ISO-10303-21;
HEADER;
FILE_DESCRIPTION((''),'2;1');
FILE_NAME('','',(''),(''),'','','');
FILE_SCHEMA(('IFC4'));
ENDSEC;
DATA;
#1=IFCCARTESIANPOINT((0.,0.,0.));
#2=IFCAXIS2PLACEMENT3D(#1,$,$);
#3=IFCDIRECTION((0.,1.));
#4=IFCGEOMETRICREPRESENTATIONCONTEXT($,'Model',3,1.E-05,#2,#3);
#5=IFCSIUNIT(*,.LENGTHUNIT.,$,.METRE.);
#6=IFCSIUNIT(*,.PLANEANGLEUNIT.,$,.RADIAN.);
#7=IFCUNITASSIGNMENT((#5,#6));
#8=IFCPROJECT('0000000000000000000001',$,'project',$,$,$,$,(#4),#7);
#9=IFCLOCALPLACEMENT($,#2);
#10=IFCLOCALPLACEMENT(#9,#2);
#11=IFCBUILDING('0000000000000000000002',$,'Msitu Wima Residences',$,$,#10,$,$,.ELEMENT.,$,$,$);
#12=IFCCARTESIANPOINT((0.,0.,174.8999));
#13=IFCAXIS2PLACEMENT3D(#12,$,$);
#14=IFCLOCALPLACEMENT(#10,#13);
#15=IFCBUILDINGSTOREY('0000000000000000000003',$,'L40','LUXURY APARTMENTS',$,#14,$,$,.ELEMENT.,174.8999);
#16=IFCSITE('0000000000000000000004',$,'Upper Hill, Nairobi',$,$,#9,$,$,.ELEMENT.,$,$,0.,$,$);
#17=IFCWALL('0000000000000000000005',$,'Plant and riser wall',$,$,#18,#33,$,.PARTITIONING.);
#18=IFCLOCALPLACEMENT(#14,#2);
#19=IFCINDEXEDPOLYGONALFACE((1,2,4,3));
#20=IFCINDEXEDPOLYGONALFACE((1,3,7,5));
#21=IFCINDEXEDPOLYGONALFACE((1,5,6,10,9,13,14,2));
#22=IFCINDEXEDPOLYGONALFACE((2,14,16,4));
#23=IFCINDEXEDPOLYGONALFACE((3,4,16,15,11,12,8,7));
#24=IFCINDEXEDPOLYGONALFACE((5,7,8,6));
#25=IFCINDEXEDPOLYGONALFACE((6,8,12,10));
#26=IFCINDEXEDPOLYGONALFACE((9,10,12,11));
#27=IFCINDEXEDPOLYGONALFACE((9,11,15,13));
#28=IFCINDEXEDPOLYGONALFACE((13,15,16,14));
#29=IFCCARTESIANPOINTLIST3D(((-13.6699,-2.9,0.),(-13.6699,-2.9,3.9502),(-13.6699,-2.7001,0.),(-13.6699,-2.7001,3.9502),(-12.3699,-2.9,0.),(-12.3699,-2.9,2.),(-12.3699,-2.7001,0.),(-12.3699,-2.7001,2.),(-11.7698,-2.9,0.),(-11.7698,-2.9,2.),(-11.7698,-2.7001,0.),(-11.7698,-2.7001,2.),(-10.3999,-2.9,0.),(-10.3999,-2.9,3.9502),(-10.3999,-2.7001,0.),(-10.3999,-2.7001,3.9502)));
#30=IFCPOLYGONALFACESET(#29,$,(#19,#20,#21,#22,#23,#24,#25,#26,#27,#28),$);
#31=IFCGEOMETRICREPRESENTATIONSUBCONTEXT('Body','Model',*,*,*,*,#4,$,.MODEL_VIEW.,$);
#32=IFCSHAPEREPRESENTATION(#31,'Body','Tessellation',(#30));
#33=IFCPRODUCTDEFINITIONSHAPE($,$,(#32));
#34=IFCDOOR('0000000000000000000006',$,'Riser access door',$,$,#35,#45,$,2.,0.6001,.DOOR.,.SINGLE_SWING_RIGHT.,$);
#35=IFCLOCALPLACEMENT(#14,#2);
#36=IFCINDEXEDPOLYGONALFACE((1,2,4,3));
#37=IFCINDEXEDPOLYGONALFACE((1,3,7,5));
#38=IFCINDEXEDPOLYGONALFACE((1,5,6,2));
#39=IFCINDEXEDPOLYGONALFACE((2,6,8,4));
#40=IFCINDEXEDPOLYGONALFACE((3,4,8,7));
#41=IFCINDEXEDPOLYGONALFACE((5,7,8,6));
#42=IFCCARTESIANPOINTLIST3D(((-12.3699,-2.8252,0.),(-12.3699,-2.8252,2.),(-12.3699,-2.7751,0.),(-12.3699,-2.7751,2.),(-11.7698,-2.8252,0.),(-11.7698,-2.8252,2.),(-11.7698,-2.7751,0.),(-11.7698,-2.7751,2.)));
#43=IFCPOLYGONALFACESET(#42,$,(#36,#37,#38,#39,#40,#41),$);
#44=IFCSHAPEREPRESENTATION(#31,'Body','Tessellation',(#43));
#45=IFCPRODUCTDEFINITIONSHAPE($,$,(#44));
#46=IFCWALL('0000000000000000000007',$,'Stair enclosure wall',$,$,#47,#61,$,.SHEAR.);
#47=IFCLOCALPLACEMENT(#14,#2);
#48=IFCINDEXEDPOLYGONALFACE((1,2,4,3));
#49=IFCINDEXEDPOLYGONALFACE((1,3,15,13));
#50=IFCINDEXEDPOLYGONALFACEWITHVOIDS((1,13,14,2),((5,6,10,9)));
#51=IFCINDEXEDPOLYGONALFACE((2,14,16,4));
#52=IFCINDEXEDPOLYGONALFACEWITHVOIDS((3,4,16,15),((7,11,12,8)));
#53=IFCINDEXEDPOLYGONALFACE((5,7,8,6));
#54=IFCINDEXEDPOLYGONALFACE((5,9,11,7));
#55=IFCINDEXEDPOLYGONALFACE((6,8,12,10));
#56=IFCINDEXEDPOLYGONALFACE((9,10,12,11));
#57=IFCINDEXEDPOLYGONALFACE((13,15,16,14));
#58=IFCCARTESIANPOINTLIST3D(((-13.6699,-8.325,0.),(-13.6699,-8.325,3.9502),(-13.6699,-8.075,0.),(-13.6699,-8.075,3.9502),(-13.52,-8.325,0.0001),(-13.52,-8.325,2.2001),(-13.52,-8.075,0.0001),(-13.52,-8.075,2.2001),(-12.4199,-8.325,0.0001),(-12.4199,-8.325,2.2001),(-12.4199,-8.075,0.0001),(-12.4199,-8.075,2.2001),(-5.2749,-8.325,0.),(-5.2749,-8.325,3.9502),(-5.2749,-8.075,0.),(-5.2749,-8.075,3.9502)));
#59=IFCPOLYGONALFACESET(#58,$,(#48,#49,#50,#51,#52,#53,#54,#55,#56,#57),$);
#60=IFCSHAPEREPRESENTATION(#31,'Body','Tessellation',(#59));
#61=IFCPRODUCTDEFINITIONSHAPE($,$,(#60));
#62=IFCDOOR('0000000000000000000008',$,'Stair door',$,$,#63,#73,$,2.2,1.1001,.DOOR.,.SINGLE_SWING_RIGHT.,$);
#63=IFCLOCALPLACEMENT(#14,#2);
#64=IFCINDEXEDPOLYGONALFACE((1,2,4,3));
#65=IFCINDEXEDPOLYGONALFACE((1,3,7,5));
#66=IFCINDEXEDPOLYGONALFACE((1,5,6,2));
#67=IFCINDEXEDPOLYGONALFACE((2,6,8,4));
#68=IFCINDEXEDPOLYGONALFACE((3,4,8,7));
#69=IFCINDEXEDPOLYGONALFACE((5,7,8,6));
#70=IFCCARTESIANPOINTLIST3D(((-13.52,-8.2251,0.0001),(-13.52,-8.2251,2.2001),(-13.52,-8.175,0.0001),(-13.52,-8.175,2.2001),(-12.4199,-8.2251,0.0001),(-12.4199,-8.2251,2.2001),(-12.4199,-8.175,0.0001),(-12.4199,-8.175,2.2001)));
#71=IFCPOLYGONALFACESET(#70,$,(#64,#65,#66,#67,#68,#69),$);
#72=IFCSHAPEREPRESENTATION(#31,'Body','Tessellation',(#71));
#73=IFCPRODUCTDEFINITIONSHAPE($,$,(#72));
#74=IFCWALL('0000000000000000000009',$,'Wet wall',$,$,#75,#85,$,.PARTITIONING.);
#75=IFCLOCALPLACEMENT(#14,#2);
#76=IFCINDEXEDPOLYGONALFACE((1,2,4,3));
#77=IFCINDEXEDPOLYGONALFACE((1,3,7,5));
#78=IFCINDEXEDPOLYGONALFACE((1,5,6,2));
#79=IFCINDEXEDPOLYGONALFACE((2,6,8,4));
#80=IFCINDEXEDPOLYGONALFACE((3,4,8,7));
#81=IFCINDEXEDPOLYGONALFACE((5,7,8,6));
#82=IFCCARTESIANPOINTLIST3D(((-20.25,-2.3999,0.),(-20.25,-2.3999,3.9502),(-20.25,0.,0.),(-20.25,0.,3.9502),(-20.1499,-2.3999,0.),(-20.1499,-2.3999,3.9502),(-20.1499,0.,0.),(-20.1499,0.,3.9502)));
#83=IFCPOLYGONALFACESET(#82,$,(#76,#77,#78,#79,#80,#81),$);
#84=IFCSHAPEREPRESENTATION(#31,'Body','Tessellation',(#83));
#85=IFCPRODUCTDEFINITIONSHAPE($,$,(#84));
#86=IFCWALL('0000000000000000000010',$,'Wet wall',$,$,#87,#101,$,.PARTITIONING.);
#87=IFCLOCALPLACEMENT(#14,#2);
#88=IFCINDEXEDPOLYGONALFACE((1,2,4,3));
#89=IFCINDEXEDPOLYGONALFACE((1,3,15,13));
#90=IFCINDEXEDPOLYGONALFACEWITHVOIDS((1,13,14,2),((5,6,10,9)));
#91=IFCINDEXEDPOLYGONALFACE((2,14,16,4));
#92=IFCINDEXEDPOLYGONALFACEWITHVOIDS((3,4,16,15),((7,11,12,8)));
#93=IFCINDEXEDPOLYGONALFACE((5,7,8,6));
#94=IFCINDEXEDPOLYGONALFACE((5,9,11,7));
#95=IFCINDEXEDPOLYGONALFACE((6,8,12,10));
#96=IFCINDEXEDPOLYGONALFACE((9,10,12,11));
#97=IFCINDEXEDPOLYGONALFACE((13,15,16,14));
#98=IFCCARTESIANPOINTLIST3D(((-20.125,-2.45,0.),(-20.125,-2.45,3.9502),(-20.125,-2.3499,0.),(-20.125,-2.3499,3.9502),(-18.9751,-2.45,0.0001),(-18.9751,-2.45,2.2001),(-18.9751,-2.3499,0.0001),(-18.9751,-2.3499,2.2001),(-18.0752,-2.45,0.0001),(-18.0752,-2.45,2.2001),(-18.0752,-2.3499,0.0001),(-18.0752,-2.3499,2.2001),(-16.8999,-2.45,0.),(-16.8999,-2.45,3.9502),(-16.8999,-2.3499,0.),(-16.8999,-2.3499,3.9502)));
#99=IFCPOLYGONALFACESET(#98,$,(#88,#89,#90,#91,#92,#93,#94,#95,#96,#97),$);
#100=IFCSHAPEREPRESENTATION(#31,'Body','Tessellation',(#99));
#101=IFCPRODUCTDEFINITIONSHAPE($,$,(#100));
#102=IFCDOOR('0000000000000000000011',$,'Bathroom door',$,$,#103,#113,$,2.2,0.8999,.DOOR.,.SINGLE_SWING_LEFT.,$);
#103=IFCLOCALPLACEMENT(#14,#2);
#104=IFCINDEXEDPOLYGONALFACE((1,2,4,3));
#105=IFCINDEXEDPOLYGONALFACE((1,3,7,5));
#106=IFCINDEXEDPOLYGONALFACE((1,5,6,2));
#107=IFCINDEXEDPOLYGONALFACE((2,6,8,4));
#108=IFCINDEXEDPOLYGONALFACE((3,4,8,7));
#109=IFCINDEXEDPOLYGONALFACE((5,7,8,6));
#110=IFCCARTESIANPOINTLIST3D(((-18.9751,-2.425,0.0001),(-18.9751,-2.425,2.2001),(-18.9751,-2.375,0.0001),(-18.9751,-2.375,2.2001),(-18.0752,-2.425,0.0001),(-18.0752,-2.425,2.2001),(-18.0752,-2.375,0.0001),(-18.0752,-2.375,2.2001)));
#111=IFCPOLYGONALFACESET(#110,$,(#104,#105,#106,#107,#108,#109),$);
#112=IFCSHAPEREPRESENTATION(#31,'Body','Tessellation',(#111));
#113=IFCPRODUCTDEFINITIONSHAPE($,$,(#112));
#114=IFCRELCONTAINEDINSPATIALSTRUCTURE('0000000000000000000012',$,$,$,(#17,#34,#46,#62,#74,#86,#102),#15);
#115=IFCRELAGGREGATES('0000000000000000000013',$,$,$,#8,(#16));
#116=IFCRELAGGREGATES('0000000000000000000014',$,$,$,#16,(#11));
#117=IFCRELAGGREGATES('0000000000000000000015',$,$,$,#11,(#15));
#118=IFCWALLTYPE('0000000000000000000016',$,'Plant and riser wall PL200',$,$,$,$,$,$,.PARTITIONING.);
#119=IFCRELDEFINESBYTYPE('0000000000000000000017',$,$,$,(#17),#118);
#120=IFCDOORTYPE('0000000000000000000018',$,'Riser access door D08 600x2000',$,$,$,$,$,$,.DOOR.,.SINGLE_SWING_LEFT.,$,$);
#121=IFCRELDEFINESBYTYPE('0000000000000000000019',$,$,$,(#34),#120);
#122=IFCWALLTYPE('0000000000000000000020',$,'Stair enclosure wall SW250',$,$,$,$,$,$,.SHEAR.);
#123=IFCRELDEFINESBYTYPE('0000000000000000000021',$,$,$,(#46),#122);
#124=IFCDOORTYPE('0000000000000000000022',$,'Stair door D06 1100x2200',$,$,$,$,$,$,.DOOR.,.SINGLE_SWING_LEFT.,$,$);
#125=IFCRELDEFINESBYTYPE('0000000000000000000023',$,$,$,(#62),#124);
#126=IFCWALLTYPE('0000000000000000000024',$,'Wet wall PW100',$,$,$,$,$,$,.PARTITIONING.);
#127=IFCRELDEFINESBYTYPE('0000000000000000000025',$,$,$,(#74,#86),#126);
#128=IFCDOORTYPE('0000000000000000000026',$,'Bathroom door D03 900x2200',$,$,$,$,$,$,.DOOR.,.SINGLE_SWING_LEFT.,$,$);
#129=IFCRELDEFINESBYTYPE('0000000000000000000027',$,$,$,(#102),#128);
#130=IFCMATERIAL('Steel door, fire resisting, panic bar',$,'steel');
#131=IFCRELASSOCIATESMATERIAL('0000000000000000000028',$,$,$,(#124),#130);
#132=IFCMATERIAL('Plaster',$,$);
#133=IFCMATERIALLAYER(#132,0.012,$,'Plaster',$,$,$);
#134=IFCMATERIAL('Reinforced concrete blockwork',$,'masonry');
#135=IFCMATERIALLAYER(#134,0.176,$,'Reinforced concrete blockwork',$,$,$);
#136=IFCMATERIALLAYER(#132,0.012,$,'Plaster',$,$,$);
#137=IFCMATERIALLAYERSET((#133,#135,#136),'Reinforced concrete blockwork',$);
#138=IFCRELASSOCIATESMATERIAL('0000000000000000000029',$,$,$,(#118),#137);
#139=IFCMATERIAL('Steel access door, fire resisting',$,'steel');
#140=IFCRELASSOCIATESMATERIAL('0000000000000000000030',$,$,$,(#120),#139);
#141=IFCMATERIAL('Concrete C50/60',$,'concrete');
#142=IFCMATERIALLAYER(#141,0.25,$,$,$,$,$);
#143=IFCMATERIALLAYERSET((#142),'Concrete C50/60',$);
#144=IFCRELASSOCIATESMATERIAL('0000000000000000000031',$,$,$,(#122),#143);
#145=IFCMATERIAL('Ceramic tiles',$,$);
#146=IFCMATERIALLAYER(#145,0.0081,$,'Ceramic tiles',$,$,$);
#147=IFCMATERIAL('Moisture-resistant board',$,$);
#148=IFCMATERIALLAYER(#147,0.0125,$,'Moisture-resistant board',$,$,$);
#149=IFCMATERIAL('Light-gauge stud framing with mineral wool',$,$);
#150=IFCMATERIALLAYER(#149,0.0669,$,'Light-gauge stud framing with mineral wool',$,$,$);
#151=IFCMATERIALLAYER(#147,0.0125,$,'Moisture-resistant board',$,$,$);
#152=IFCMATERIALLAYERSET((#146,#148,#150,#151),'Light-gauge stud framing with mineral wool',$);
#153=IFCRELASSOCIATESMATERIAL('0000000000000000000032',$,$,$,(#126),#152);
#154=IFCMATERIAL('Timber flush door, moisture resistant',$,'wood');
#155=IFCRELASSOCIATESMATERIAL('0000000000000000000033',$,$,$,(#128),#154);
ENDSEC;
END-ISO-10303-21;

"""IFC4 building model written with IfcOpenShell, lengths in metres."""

from ifc_helpers import new_model, si_unit, direction, frame, frame_2d, origin, place, context, subcontext, project, spatial, rectangle, extrude, material, layer, layer_set, type_object, element, fill, save


model = new_model("IFC4")

# Units and contexts
model_context = context("Model", 3, precision=1e-05, world=origin(), true_north=direction((0.0, 1.0)))
body_context = subcontext(model_context, "Body", "Model", "MODEL_VIEW")
ifc_project = project(units=[si_unit("LENGTHUNIT", "METRE"), si_unit("PLANEANGLEUNIT", "RADIAN")], contexts=[model_context])

# Site, building, storey
site_placement = place(None, origin())
site = spatial("IfcSite", under=ifc_project, at=site_placement, Name="Upper Hill, Nairobi", CompositionType="ELEMENT", RefElevation=0.0)
building_placement = place(site_placement, origin())
building = spatial("IfcBuilding", under=site, at=building_placement, Name="Msitu Wima Residences", CompositionType="ELEMENT")
storey_placement = place(building_placement, frame((0.0, 0.0, 174.8999)))
storey = spatial("IfcBuildingStorey", under=building, at=storey_placement, Name="L40", Description="LUXURY APARTMENTS", CompositionType="ELEMENT", Elevation=174.8999)

# Shared definitions
ifc_material_1 = material(Name="Concrete C50/60", Category="concrete")

# Shared definitions
ifc_material_2 = material(Name="Steel door, fire resisting, panic bar", Category="steel")
door_type_1 = type_object("IfcDoorType", Name="Stair door D06 1100x2200", OperationType="SINGLE_SWING_LEFT", PredefinedType="DOOR", material=ifc_material_2)

# Shared definitions
ifc_material_3 = material(Name="Plaster")

# Walls, openings, doors
ifc_layer_1 = layer(ifc_material_3, 0.012, Name="Plaster")
ifc_material_4 = material(Name="Reinforced concrete blockwork", Category="masonry")
ifc_layer_2 = layer(ifc_material_4, 0.176, Name="Reinforced concrete blockwork")
ifc_layer_3 = layer(ifc_material_3, 0.012, Name="Plaster")
ifc_layer_set_1 = layer_set([ifc_layer_1, ifc_layer_2, ifc_layer_3], Name="Reinforced concrete blockwork")
wall_type_1 = type_object("IfcWallType", Name="Plant and riser wall PL200", PredefinedType="PARTITIONING", material=ifc_layer_set_1)
wall_1_placement = place(storey_placement, frame((-13.6699, -2.8, 0.0), z_axis=(0.0, 0.0, 1.0), x_axis=(1.0, 0.0, 0.0)))
wall_1 = element("IfcWall", 1, at=wall_1_placement, inside=storey, type_object=wall_type_1, Name="Plant and riser wall", PredefinedType="PARTITIONING", context=body_context, shape_type="SweptSolid", body=[
    extrude(rectangle(XDim=3.27, YDim=0.2, at=frame_2d((1.635, 0.0))), origin(), (0.0, 0.0, 1.0), 3.9502),
])
opening_1_placement = place(wall_1_placement, frame((1.3, 0.0, 0.0)))
opening_1 = element("IfcOpeningElement", 2, at=opening_1_placement, cuts=wall_1, PredefinedType="OPENING", context=body_context, shape_type="SweptSolid", body=[
    extrude(rectangle(XDim=0.6001, YDim=2.0, at=frame_2d((0.3, 1.0))), frame((0.0, 0.1099, 0.0), z_axis=(0.0, -1.0, 0.0), x_axis=(1.0, 0.0, 0.0)), (0.0, 0.0, 1.0), 0.22),
])
ifc_material_5 = material(Name="Steel access door, fire resisting", Category="steel")
door_type_2 = type_object("IfcDoorType", Name="Riser access door D08 600x2000", OperationType="SINGLE_SWING_LEFT", PredefinedType="DOOR", material=ifc_material_5)
door_1_placement = place(opening_1_placement, origin())
door_1 = element("IfcDoor", 3, at=door_1_placement, inside=storey, type_object=door_type_2, Name="Riser access door", OperationType="SINGLE_SWING_RIGHT", OverallHeight=2.0, OverallWidth=0.6001, PredefinedType="DOOR", context=body_context, shape_type="SweptSolid", body=[
    extrude(rectangle(XDim=0.6001, YDim=2.0, at=frame_2d((0.3, 1.0))), frame((0.0, 0.0249, 0.0), z_axis=(0.0, -1.0, 0.0), x_axis=(1.0, 0.0, 0.0)), (0.0, 0.0, 1.0), 0.05),
])
fill(opening_1, door_1)
ifc_layer_4 = layer(ifc_material_1, 0.25)
ifc_layer_set_2 = layer_set([ifc_layer_4], Name="Concrete C50/60")
wall_type_2 = type_object("IfcWallType", Name="Stair enclosure wall SW250", PredefinedType="SHEAR", material=ifc_layer_set_2)
wall_2_placement = place(storey_placement, frame((-13.6699, -8.2, 0.0), z_axis=(0.0, 0.0, 1.0), x_axis=(1.0, 0.0, 0.0)))
wall_2 = element("IfcWall", 4, at=wall_2_placement, inside=storey, type_object=wall_type_2, Name="Stair enclosure wall", PredefinedType="SHEAR", context=body_context, shape_type="SweptSolid", body=[
    extrude(rectangle(XDim=8.395, YDim=0.25, at=frame_2d((4.1975, 0.0))), origin(), (0.0, 0.0, 1.0), 3.9502),
])
opening_2_placement = place(wall_2_placement, frame((0.1499, 0.0, 0.0)))
opening_2 = element("IfcOpeningElement", 5, at=opening_2_placement, cuts=wall_2, PredefinedType="OPENING", context=body_context, shape_type="SweptSolid", body=[
    extrude(rectangle(XDim=1.1001, YDim=2.2, at=frame_2d((0.55, 1.1001))), frame((0.0, 0.135, 0.0), z_axis=(0.0, -1.0, 0.0), x_axis=(1.0, 0.0, 0.0)), (0.0, 0.0, 1.0), 0.27),
])
door_2_placement = place(opening_2_placement, origin())
door_2 = element("IfcDoor", 6, at=door_2_placement, inside=storey, type_object=door_type_1, Name="Stair door", OperationType="SINGLE_SWING_RIGHT", OverallHeight=2.2, OverallWidth=1.1001, PredefinedType="DOOR", context=body_context, shape_type="SweptSolid", body=[
    extrude(rectangle(XDim=1.1001, YDim=2.2, at=frame_2d((0.55, 1.1001))), frame((0.0, 0.0249, 0.0), z_axis=(0.0, -1.0, 0.0), x_axis=(1.0, 0.0, 0.0)), (0.0, 0.0, 1.0), 0.05),
])
fill(opening_2, door_2)

# Wall
ifc_material_6 = material(Name="Ceramic tiles")
ifc_layer_5 = layer(ifc_material_6, 0.0081, Name="Ceramic tiles")
ifc_material_7 = material(Name="Moisture-resistant board")
ifc_layer_6 = layer(ifc_material_7, 0.0125, Name="Moisture-resistant board")
ifc_material_8 = material(Name="Light-gauge stud framing with mineral wool")
ifc_layer_7 = layer(ifc_material_8, 0.0669, Name="Light-gauge stud framing with mineral wool")
ifc_layer_8 = layer(ifc_material_7, 0.0125, Name="Moisture-resistant board")
ifc_layer_set_3 = layer_set([ifc_layer_5, ifc_layer_6, ifc_layer_7, ifc_layer_8], Name="Light-gauge stud framing with mineral wool")
wall_type_3 = type_object("IfcWallType", Name="Wet wall PW100", PredefinedType="PARTITIONING", material=ifc_layer_set_3)
wall_3_placement = place(storey_placement, frame((-20.2, -2.3999, 0.0), z_axis=(0.0, 0.0, 1.0), x_axis=(0.0, 1.0, 0.0)))
element("IfcWall", 7, at=wall_3_placement, inside=storey, type_object=wall_type_3, Name="Wet wall", PredefinedType="PARTITIONING", context=body_context, shape_type="SweptSolid", body=[
    extrude(rectangle(XDim=2.3999, YDim=0.1001, at=frame_2d((1.2, 0.0))), origin(), (0.0, 0.0, 1.0), 3.9502),
])

# Wall, opening, door
wall_4_placement = place(storey_placement, frame((-20.125, -2.3999, 0.0), z_axis=(0.0, 0.0, 1.0), x_axis=(1.0, 0.0, 0.0)))
wall_4 = element("IfcWall", 8, at=wall_4_placement, inside=storey, type_object=wall_type_3, Name="Wet wall", PredefinedType="PARTITIONING", context=body_context, shape_type="SweptSolid", body=[
    extrude(rectangle(XDim=3.2251, YDim=0.1001, at=frame_2d((1.6125, 0.0))), origin(), (0.0, 0.0, 1.0), 3.9502),
])
opening_3_placement = place(wall_4_placement, frame((1.1499, 0.0, 0.0)))
opening_3 = element("IfcOpeningElement", 9, at=opening_3_placement, cuts=wall_4, PredefinedType="OPENING", context=body_context, shape_type="SweptSolid", body=[
    extrude(rectangle(XDim=0.8999, YDim=2.2, at=frame_2d((0.45, 1.1001))), frame((0.0, 0.0601, 0.0), z_axis=(0.0, -1.0, 0.0), x_axis=(1.0, 0.0, 0.0)), (0.0, 0.0, 1.0), 0.1201),
])
ifc_material_9 = material(Name="Timber flush door, moisture resistant", Category="wood")
door_type_3 = type_object("IfcDoorType", Name="Bathroom door D03 900x2200", OperationType="SINGLE_SWING_LEFT", PredefinedType="DOOR", material=ifc_material_9)
door_3_placement = place(opening_3_placement, origin())
door_3 = element("IfcDoor", 10, at=door_3_placement, inside=storey, type_object=door_type_3, Name="Bathroom door", OperationType="SINGLE_SWING_LEFT", OverallHeight=2.2, OverallWidth=0.8999, PredefinedType="DOOR", context=body_context, shape_type="SweptSolid", body=[
    extrude(rectangle(XDim=0.8999, YDim=2.2, at=frame_2d((0.45, 1.1001))), frame((0.0, 0.0249, 0.0), z_axis=(0.0, -1.0, 0.0), x_axis=(1.0, 0.0, 0.0)), (0.0, 0.0, 1.0), 0.05),
])
fill(opening_3, door_3)

save(model, "model.ifc")
